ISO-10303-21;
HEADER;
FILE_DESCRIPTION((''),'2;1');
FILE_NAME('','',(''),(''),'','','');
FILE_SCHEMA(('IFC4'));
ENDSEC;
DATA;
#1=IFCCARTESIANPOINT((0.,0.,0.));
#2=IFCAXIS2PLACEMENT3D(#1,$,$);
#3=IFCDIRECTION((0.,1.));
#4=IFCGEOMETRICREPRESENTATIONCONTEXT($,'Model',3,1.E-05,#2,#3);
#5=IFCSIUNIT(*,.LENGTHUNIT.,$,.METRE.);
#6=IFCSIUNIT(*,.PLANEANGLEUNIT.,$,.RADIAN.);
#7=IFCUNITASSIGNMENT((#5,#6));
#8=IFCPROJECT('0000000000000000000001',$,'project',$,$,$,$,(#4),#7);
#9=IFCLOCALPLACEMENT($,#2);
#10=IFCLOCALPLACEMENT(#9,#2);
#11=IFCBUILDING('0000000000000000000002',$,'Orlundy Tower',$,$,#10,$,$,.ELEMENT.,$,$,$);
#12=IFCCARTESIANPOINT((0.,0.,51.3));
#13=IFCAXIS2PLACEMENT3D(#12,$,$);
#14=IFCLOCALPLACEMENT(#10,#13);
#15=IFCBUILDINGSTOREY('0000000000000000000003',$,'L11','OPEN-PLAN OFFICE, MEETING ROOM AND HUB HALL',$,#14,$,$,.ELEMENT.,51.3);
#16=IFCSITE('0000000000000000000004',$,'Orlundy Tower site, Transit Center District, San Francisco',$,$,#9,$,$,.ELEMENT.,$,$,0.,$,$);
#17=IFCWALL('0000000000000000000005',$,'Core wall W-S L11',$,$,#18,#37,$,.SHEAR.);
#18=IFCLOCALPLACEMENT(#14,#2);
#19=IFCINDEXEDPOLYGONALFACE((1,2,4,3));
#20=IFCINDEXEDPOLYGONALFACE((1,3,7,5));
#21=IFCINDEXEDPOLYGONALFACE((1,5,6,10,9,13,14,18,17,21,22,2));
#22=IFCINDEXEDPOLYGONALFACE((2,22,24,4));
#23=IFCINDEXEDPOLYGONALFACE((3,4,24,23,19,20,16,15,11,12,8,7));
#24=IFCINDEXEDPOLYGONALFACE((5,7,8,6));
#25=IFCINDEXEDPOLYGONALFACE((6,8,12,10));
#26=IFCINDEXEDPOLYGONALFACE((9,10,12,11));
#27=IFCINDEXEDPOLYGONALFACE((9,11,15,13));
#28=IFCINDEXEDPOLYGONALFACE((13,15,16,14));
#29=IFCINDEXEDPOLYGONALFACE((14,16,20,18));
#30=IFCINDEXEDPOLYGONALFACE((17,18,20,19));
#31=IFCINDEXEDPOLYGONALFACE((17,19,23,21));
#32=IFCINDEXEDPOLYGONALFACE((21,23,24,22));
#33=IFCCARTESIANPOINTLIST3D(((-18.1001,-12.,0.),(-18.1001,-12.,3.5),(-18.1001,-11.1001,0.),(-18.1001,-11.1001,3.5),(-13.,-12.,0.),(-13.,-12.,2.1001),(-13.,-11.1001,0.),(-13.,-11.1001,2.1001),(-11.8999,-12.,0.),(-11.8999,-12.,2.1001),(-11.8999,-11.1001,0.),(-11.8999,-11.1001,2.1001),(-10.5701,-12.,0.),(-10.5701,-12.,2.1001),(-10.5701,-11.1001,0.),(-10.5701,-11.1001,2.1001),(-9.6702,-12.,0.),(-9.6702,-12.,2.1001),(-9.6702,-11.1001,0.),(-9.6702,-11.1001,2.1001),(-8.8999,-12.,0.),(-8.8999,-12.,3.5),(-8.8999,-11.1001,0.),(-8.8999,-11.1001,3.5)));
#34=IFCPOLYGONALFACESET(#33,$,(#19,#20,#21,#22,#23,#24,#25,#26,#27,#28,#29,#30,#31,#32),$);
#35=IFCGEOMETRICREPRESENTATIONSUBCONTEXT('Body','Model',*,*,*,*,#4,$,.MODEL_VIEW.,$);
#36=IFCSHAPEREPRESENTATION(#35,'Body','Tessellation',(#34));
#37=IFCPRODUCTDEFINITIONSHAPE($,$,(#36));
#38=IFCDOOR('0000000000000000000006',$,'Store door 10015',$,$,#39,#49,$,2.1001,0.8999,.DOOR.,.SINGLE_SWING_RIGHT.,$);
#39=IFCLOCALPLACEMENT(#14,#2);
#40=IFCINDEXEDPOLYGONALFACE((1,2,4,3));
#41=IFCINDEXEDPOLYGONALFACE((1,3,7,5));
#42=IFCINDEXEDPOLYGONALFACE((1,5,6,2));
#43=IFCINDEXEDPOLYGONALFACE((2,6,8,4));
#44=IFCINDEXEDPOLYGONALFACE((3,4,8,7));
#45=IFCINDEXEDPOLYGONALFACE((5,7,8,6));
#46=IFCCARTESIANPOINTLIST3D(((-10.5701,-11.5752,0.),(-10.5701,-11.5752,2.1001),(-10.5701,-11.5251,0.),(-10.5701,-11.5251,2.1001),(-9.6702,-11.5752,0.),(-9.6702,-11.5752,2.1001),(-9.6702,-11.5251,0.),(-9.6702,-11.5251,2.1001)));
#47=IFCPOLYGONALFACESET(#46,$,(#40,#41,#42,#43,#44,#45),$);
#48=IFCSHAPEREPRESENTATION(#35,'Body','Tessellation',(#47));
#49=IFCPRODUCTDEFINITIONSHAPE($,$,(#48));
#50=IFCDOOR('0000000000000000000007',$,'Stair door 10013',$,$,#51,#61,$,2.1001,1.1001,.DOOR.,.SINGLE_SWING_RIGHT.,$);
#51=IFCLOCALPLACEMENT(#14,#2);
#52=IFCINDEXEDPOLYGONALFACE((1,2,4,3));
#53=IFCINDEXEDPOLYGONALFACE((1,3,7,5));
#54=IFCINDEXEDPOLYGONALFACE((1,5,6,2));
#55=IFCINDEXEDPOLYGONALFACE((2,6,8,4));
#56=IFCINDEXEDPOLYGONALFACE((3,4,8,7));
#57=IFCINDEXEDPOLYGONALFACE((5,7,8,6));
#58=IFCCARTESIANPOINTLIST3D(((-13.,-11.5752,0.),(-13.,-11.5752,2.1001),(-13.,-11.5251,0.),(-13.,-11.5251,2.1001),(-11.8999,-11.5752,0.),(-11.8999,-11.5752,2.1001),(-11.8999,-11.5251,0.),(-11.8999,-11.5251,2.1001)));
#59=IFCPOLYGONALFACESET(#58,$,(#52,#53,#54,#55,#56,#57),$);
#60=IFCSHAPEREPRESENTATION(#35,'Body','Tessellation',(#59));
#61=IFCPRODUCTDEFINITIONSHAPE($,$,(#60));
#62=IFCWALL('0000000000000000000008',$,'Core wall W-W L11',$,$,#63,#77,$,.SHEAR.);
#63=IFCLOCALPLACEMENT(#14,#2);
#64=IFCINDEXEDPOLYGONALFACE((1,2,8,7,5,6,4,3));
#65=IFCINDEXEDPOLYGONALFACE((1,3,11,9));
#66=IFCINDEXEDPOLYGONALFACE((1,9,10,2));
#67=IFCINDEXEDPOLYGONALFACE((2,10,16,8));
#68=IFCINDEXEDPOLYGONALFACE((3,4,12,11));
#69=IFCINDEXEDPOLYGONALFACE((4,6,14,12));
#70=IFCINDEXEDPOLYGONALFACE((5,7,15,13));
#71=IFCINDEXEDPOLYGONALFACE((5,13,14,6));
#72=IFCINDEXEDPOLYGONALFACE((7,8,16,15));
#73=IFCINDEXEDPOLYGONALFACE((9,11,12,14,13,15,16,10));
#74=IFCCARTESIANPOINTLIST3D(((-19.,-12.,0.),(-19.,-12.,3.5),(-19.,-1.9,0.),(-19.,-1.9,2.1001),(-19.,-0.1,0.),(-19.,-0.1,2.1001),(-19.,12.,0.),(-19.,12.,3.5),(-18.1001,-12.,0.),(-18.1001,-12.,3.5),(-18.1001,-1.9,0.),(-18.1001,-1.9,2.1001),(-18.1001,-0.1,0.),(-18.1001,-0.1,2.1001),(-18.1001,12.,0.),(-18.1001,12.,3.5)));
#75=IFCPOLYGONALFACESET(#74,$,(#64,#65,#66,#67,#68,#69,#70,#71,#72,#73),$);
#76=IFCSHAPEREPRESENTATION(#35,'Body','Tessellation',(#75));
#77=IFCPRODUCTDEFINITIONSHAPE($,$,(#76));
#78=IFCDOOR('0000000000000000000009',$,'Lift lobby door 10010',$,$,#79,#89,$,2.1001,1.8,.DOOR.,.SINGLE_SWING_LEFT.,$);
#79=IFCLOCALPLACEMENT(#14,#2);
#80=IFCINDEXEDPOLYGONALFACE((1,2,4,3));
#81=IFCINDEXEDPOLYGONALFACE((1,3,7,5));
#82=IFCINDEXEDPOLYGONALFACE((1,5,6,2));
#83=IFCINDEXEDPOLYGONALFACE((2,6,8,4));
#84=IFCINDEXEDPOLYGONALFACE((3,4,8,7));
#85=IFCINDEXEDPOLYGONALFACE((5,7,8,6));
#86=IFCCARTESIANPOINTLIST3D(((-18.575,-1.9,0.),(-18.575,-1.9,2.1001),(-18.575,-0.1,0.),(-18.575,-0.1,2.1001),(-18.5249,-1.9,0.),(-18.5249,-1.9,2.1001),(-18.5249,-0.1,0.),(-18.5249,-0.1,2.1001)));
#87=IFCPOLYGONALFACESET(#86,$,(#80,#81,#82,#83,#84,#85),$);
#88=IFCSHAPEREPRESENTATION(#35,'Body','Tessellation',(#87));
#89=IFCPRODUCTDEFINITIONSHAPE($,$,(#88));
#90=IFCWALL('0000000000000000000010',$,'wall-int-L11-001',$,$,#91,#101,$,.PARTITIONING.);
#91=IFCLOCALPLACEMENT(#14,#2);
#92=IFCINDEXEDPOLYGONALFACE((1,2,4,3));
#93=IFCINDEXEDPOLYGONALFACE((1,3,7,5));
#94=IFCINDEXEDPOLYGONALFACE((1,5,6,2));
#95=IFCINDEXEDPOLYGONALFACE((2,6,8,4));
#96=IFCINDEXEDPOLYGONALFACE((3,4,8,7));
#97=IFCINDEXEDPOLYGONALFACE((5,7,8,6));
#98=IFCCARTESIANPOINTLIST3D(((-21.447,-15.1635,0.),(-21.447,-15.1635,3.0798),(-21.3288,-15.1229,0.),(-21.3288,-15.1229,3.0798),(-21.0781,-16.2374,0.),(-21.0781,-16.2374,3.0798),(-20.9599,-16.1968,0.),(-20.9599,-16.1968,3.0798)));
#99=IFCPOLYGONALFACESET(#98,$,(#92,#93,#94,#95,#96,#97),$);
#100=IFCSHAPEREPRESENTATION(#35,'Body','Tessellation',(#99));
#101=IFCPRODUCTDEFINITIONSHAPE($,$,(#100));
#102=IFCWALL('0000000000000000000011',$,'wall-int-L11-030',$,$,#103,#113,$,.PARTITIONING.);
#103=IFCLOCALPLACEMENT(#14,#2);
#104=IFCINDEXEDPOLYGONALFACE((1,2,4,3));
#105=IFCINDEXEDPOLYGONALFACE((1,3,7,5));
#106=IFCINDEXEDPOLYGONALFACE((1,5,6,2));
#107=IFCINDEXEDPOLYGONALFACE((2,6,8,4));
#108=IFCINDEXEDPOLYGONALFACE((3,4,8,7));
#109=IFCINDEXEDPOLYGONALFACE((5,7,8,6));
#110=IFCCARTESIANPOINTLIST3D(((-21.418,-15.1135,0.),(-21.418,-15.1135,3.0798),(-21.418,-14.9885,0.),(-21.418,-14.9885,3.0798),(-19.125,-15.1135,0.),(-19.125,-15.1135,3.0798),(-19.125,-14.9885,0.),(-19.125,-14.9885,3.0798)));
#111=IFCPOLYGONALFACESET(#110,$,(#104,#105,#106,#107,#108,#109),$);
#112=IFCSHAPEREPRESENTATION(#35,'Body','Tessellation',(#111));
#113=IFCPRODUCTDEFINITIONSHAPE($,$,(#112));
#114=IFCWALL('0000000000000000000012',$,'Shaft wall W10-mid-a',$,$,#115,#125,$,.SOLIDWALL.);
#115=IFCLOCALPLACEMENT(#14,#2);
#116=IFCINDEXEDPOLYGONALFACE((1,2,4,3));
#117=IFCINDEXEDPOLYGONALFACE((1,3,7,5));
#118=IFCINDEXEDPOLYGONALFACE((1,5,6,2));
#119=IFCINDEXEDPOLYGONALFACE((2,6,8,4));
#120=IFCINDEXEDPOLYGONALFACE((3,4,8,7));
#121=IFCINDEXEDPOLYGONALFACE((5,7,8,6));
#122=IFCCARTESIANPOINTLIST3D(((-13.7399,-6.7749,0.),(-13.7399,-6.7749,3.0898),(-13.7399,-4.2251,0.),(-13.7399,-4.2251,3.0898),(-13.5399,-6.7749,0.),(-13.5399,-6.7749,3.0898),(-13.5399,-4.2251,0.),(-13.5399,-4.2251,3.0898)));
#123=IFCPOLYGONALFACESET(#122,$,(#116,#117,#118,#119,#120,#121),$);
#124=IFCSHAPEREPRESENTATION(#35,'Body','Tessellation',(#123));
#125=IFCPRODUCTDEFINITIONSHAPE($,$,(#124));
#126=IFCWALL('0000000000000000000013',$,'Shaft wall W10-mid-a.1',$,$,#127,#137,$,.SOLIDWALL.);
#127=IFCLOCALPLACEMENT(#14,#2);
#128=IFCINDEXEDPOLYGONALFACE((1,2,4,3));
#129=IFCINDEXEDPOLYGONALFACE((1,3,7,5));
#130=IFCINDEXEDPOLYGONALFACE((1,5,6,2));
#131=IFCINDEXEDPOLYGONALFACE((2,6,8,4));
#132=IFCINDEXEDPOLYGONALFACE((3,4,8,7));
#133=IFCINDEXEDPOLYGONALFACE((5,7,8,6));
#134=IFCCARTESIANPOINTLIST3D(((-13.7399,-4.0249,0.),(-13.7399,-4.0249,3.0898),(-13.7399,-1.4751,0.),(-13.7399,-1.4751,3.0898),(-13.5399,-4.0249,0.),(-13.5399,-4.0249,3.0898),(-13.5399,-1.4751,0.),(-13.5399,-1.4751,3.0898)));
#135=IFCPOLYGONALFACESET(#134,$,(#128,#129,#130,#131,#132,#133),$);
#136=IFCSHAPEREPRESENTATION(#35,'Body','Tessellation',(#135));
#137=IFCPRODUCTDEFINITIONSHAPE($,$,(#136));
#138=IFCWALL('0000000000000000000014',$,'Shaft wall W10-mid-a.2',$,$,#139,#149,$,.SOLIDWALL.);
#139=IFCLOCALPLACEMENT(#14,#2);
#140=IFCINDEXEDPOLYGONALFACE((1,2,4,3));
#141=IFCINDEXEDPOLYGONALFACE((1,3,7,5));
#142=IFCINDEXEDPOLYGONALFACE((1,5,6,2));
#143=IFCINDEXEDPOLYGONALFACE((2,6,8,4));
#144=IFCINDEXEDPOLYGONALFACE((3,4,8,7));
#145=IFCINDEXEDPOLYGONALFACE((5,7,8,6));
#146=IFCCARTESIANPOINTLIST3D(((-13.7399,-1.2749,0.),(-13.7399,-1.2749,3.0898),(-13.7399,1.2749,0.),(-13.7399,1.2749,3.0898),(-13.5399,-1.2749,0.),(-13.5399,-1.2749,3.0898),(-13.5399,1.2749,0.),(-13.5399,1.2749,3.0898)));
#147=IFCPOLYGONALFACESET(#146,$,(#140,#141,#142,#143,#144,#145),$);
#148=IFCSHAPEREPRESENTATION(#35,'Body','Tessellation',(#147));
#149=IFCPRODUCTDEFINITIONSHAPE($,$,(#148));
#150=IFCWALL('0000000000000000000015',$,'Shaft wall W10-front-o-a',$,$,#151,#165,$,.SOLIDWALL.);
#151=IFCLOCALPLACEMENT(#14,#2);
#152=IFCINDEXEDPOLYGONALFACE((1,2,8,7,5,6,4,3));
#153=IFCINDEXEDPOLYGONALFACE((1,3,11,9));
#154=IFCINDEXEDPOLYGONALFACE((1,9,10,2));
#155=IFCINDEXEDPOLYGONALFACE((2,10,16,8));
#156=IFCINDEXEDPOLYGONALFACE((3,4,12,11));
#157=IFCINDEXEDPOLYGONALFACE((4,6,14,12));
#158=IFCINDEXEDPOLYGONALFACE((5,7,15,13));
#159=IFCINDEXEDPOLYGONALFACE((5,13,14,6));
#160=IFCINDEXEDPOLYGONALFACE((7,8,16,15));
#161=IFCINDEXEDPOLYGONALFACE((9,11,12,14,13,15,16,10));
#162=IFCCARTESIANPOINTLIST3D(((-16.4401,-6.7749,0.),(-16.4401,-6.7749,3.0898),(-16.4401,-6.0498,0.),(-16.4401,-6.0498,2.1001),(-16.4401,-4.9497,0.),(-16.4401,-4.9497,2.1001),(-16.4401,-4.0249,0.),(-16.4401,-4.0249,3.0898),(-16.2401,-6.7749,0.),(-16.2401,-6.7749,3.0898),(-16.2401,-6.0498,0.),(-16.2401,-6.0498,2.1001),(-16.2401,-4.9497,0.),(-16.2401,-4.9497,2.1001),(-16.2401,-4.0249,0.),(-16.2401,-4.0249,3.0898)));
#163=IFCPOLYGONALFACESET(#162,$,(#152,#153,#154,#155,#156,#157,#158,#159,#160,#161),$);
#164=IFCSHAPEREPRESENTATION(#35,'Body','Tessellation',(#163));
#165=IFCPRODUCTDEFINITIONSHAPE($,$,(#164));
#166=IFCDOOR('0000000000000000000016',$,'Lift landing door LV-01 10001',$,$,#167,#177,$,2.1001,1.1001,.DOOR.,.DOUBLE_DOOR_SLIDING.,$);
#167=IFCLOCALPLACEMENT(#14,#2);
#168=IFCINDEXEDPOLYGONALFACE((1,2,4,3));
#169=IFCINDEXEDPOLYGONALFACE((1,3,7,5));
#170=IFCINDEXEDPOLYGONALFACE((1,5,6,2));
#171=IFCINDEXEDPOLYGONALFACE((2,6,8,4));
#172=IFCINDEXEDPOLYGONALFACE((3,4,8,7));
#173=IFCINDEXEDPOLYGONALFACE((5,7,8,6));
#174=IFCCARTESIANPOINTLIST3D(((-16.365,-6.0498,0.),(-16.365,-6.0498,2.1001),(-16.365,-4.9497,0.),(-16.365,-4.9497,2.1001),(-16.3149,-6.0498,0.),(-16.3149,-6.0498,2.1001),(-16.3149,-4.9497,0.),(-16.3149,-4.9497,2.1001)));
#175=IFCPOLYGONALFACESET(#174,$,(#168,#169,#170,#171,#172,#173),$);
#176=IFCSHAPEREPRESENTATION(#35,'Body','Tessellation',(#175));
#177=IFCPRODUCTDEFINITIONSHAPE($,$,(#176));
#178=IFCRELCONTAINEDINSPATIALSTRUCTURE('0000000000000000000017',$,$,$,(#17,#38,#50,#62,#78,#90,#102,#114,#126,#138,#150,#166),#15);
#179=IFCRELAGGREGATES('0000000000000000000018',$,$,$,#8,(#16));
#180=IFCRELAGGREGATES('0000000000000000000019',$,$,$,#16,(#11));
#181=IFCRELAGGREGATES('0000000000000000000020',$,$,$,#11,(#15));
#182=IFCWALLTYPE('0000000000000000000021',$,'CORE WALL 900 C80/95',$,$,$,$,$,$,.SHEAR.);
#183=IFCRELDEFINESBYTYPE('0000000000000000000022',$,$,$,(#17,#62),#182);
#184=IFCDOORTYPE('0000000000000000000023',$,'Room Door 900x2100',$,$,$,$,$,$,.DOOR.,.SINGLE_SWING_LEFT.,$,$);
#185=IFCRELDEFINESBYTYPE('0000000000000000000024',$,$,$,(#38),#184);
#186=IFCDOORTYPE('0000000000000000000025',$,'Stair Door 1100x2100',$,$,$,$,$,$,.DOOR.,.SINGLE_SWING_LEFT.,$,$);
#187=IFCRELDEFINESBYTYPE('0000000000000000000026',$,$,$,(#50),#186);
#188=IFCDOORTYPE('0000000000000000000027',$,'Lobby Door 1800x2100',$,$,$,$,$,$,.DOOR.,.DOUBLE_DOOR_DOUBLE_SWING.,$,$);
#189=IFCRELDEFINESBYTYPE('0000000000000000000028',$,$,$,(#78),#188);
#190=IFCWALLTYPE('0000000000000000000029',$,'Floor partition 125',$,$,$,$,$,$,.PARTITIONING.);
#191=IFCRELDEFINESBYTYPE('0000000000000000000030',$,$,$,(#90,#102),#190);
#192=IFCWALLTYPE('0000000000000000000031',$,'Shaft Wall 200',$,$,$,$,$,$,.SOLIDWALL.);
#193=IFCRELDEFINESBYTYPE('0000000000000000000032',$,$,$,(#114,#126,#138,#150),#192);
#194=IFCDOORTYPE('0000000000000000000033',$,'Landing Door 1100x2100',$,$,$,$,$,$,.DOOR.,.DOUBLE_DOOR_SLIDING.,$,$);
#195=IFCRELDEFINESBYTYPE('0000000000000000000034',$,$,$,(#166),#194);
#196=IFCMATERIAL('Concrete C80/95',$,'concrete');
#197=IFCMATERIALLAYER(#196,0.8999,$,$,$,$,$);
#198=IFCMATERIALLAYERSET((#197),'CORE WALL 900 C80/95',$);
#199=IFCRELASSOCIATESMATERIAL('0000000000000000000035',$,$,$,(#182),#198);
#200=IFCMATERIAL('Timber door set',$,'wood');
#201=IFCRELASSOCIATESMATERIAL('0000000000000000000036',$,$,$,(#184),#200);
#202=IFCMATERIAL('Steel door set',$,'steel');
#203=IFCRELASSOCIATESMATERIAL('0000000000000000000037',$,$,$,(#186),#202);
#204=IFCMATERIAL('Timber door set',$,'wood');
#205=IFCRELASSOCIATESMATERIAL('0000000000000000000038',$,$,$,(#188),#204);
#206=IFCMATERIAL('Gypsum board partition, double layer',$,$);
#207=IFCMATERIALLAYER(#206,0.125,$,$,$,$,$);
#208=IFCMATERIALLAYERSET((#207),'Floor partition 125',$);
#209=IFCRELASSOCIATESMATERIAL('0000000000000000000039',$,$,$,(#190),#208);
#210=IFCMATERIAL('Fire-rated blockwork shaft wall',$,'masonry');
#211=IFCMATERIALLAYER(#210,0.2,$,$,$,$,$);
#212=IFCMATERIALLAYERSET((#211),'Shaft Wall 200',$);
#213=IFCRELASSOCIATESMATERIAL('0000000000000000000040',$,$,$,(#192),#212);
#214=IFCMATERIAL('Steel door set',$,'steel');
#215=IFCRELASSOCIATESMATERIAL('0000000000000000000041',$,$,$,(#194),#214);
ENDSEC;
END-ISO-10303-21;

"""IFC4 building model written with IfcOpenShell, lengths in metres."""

from ifc_helpers import new_model, si_unit, direction, frame, frame_2d, origin, place, context, subcontext, project, spatial, rectangle, extrude, material, layer, layer_set, type_object, element, fill, save


model = new_model("IFC4")

# Units and contexts
model_context = context("Model", 3, precision=1e-05, world=origin(), true_north=direction((0.0, 1.0)))
body_context = subcontext(model_context, "Body", "Model", "MODEL_VIEW")
ifc_project = project(units=[si_unit("LENGTHUNIT", "METRE"), si_unit("PLANEANGLEUNIT", "RADIAN")], contexts=[model_context])

# Site, building, storey
site_placement = place(None, origin())
site = spatial("IfcSite", under=ifc_project, at=site_placement, Name="Orlundy Tower site, Transit Center District, San Francisco", CompositionType="ELEMENT", RefElevation=0.0)
building_placement = place(site_placement, origin())
building = spatial("IfcBuilding", under=site, at=building_placement, Name="Orlundy Tower", CompositionType="ELEMENT")
storey_placement = place(building_placement, frame((0.0, 0.0, 51.3)))
storey = spatial("IfcBuildingStorey", under=building, at=storey_placement, Name="L11", Description="OPEN-PLAN OFFICE, MEETING ROOM AND HUB HALL", CompositionType="ELEMENT", Elevation=51.3)

# Wall, openings, doors
ifc_material_1 = material(Name="Concrete C80/95", Category="concrete")
ifc_layer_1 = layer(ifc_material_1, 0.8999)
ifc_layer_set_1 = layer_set([ifc_layer_1], Name="CORE WALL 900 C80/95")
wall_type_1 = type_object("IfcWallType", Name="CORE WALL 900 C80/95", PredefinedType="SHEAR", material=ifc_layer_set_1)
wall_1_placement = place(storey_placement, frame((-18.1001, -11.55, 0.0), z_axis=(0.0, 0.0, 1.0), x_axis=(1.0, 0.0, 0.0)))
wall_1 = element("IfcWall", 1, at=wall_1_placement, inside=storey, type_object=wall_type_1, Name="Core wall W-S L11", PredefinedType="SHEAR", context=body_context, shape_type="SweptSolid", body=[
    extrude(rectangle(XDim=9.2002, YDim=0.8999, at=frame_2d((4.6001, 0.0))), origin(), (0.0, 0.0, 1.0), 3.5),
])
opening_1_placement = place(wall_1_placement, frame((5.1001, 0.0, 0.0)))
opening_1 = element("IfcOpeningElement", 2, at=opening_1_placement, cuts=wall_1, PredefinedType="OPENING", context=body_context, shape_type="SweptSolid", body=[
    extrude(rectangle(XDim=1.1001, YDim=2.1001, at=frame_2d((0.55, 1.05))), frame((0.0, 0.46, 0.0), z_axis=(0.0, -1.0, 0.0), x_axis=(1.0, 0.0, 0.0)), (0.0, 0.0, 1.0), 0.9199),
])
opening_2_placement = place(wall_1_placement, frame((7.53, 0.0, 0.0)))
opening_2 = element("IfcOpeningElement", 3, at=opening_2_placement, cuts=wall_1, PredefinedType="OPENING", context=body_context, shape_type="SweptSolid", body=[
    extrude(rectangle(XDim=0.8999, YDim=2.1001, at=frame_2d((0.45, 1.05))), frame((0.0, 0.46, 0.0), z_axis=(0.0, -1.0, 0.0), x_axis=(1.0, 0.0, 0.0)), (0.0, 0.0, 1.0), 0.9199),
])
ifc_material_2 = material(Name="Timber door set", Category="wood")
door_type_1 = type_object("IfcDoorType", Name="Room Door 900x2100", OperationType="SINGLE_SWING_LEFT", PredefinedType="DOOR", material=ifc_material_2)
door_1_placement = place(opening_2_placement, origin())
door_1 = element("IfcDoor", 4, at=door_1_placement, inside=storey, type_object=door_type_1, Name="Store door 10015", OperationType="SINGLE_SWING_RIGHT", OverallHeight=2.1001, OverallWidth=0.8999, PredefinedType="DOOR", context=body_context, shape_type="SweptSolid", body=[
    extrude(rectangle(XDim=0.8999, YDim=2.1001, at=frame_2d((0.45, 1.05))), frame((0.0, 0.0249, 0.0), z_axis=(0.0, -1.0, 0.0), x_axis=(1.0, 0.0, 0.0)), (0.0, 0.0, 1.0), 0.05),
])
fill(opening_2, door_1)
ifc_material_3 = material(Name="Steel door set", Category="steel")
door_type_2 = type_object("IfcDoorType", Name="Stair Door 1100x2100", OperationType="SINGLE_SWING_LEFT", PredefinedType="DOOR", material=ifc_material_3)
door_2_placement = place(opening_1_placement, origin())
door_2 = element("IfcDoor", 5, at=door_2_placement, inside=storey, type_object=door_type_2, Name="Stair door 10013", OperationType="SINGLE_SWING_RIGHT", OverallHeight=2.1001, OverallWidth=1.1001, PredefinedType="DOOR", context=body_context, shape_type="SweptSolid", body=[
    extrude(rectangle(XDim=1.1001, YDim=2.1001, at=frame_2d((0.55, 1.05))), frame((0.0, 0.0249, 0.0), z_axis=(0.0, -1.0, 0.0), x_axis=(1.0, 0.0, 0.0)), (0.0, 0.0, 1.0), 0.05),
])
fill(opening_1, door_2)

# Wall, opening, door
wall_2_placement = place(storey_placement, frame((-18.55, -12.0, 0.0), z_axis=(0.0, 0.0, 1.0), x_axis=(0.0, 1.0, 0.0)))
wall_2 = element("IfcWall", 6, at=wall_2_placement, inside=storey, type_object=wall_type_1, Name="Core wall W-W L11", PredefinedType="SHEAR", context=body_context, shape_type="SweptSolid", body=[
    extrude(rectangle(XDim=24.0, YDim=0.8999, at=frame_2d((12.0, 0.0))), origin(), (0.0, 0.0, 1.0), 3.5),
])
opening_3_placement = place(wall_2_placement, frame((10.1001, 0.0, 0.0)))
opening_3 = element("IfcOpeningElement", 7, at=opening_3_placement, cuts=wall_2, PredefinedType="OPENING", context=body_context, shape_type="SweptSolid", body=[
    extrude(rectangle(XDim=1.8, YDim=2.1001, at=frame_2d((0.8999, 1.05))), frame((0.0, 0.46, 0.0), z_axis=(0.0, -1.0, 0.0), x_axis=(1.0, 0.0, 0.0)), (0.0, 0.0, 1.0), 0.9199),
])
ifc_material_4 = material(Name="Timber door set", Category="wood")
door_type_3 = type_object("IfcDoorType", Name="Lobby Door 1800x2100", OperationType="DOUBLE_DOOR_DOUBLE_SWING", PredefinedType="DOOR", material=ifc_material_4)
door_3_placement = place(opening_3_placement, origin())
door_3 = element("IfcDoor", 8, at=door_3_placement, inside=storey, type_object=door_type_3, Name="Lift lobby door 10010", OperationType="SINGLE_SWING_LEFT", OverallHeight=2.1001, OverallWidth=1.8, PredefinedType="DOOR", context=body_context, shape_type="SweptSolid", body=[
    extrude(rectangle(XDim=1.8, YDim=2.1001, at=frame_2d((0.8999, 1.05))), frame((0.0, 0.0249, 0.0), z_axis=(0.0, -1.0, 0.0), x_axis=(1.0, 0.0, 0.0)), (0.0, 0.0, 1.0), 0.05),
])
fill(opening_3, door_3)

# Walls
ifc_material_5 = material(Name="Gypsum board partition, double layer")
ifc_layer_2 = layer(ifc_material_5, 0.125)
ifc_layer_set_2 = layer_set([ifc_layer_2], Name="Floor partition 125")
wall_type_2 = type_object("IfcWallType", Name="Floor partition 125", PredefinedType="PARTITIONING", material=ifc_layer_set_2)
wall_3_placement = place(storey_placement, frame((-21.3879, -15.1431, 0.0), z_axis=(0.0, 0.0, 1.0), x_axis=(0.324857, -0.945763, 0.0)))
element("IfcWall", 9, at=wall_3_placement, inside=storey, type_object=wall_type_2, Name="wall-int-L11-001", PredefinedType="PARTITIONING", context=body_context, shape_type="SweptSolid", body=[
    extrude(rectangle(XDim=1.1355, YDim=0.125, at=frame_2d((0.5679, 0.0))), origin(), (0.0, 0.0, 1.0), 3.0798),
])
wall_4_placement = place(storey_placement, frame((-21.418, -15.051, 0.0), z_axis=(0.0, 0.0, 1.0), x_axis=(1.0, 0.0, 0.0)))
element("IfcWall", 10, at=wall_4_placement, inside=storey, type_object=wall_type_2, Name="wall-int-L11-030", PredefinedType="PARTITIONING", context=body_context, shape_type="SweptSolid", body=[
    extrude(rectangle(XDim=2.293, YDim=0.125, at=frame_2d((1.1465, 0.0))), origin(), (0.0, 0.0, 1.0), 3.0798),
])
ifc_material_6 = material(Name="Fire-rated blockwork shaft wall", Category="masonry")
ifc_layer_3 = layer(ifc_material_6, 0.2)
ifc_layer_set_3 = layer_set([ifc_layer_3], Name="Shaft Wall 200")
wall_type_3 = type_object("IfcWallType", Name="Shaft Wall 200", PredefinedType="SOLIDWALL", material=ifc_layer_set_3)
for number, where, z_axis, x_axis, name in (
    (11, (-13.6399, -6.7749, 0.0), (0.0, 0.0, 1.0), (0.0, 1.0, 0.0), "Shaft wall W10-mid-a"),
    (12, (-13.6399, -4.0249, 0.0), (0.0, 0.0, 1.0), (0.0, 1.0, 0.0), "Shaft wall W10-mid-a.1"),
    (13, (-13.6399, -1.2749, 0.0), (0.0, 0.0, 1.0), (0.0, 1.0, 0.0), "Shaft wall W10-mid-a.2"),
):
    element("IfcWall", number, at=place(storey_placement, frame(where, z_axis=z_axis, x_axis=x_axis)), inside=storey, type_object=wall_type_3, Name=name, PredefinedType="SOLIDWALL", context=body_context, shape_type="SweptSolid", body=[
        extrude(rectangle(XDim=2.5498, YDim=0.2, at=frame_2d((1.2749, 0.0))), origin(), (0.0, 0.0, 1.0), 3.0898),
    ])

# Wall, opening, door
wall_5_placement = place(storey_placement, frame((-16.3401, -6.7749, 0.0), z_axis=(0.0, 0.0, 1.0), x_axis=(0.0, 1.0, 0.0)))
wall_5 = element("IfcWall", 14, at=wall_5_placement, inside=storey, type_object=wall_type_3, Name="Shaft wall W10-front-o-a", PredefinedType="SOLIDWALL", context=body_context, shape_type="SweptSolid", body=[
    extrude(rectangle(XDim=2.75, YDim=0.2, at=frame_2d((1.375, 0.0))), origin(), (0.0, 0.0, 1.0), 3.0898),
])
opening_4_placement = place(wall_5_placement, frame((0.7251, 0.0, 0.0)))
opening_4 = element("IfcOpeningElement", 15, at=opening_4_placement, cuts=wall_5, PredefinedType="OPENING", context=body_context, shape_type="SweptSolid", body=[
    extrude(rectangle(XDim=1.1001, YDim=2.1001, at=frame_2d((0.55, 1.05))), frame((0.0, 0.1101, 0.0), z_axis=(0.0, -1.0, 0.0), x_axis=(1.0, 0.0, 0.0)), (0.0, 0.0, 1.0), 0.2202),
])
ifc_material_7 = material(Name="Steel door set", Category="steel")
door_type_4 = type_object("IfcDoorType", Name="Landing Door 1100x2100", OperationType="DOUBLE_DOOR_SLIDING", PredefinedType="DOOR", material=ifc_material_7)
door_4_placement = place(opening_4_placement, origin())
door_4 = element("IfcDoor", 16, at=door_4_placement, inside=storey, type_object=door_type_4, Name="Lift landing door LV-01 10001", OperationType="DOUBLE_DOOR_SLIDING", OverallHeight=2.1001, OverallWidth=1.1001, PredefinedType="DOOR", context=body_context, shape_type="SweptSolid", body=[
    extrude(rectangle(XDim=1.1001, YDim=2.1001, at=frame_2d((0.55, 1.05))), frame((0.0, 0.0249, 0.0), z_axis=(0.0, -1.0, 0.0), x_axis=(1.0, 0.0, 0.0)), (0.0, 0.0, 1.0), 0.05),
])
fill(opening_4, door_4)

save(model, "model.ifc")
